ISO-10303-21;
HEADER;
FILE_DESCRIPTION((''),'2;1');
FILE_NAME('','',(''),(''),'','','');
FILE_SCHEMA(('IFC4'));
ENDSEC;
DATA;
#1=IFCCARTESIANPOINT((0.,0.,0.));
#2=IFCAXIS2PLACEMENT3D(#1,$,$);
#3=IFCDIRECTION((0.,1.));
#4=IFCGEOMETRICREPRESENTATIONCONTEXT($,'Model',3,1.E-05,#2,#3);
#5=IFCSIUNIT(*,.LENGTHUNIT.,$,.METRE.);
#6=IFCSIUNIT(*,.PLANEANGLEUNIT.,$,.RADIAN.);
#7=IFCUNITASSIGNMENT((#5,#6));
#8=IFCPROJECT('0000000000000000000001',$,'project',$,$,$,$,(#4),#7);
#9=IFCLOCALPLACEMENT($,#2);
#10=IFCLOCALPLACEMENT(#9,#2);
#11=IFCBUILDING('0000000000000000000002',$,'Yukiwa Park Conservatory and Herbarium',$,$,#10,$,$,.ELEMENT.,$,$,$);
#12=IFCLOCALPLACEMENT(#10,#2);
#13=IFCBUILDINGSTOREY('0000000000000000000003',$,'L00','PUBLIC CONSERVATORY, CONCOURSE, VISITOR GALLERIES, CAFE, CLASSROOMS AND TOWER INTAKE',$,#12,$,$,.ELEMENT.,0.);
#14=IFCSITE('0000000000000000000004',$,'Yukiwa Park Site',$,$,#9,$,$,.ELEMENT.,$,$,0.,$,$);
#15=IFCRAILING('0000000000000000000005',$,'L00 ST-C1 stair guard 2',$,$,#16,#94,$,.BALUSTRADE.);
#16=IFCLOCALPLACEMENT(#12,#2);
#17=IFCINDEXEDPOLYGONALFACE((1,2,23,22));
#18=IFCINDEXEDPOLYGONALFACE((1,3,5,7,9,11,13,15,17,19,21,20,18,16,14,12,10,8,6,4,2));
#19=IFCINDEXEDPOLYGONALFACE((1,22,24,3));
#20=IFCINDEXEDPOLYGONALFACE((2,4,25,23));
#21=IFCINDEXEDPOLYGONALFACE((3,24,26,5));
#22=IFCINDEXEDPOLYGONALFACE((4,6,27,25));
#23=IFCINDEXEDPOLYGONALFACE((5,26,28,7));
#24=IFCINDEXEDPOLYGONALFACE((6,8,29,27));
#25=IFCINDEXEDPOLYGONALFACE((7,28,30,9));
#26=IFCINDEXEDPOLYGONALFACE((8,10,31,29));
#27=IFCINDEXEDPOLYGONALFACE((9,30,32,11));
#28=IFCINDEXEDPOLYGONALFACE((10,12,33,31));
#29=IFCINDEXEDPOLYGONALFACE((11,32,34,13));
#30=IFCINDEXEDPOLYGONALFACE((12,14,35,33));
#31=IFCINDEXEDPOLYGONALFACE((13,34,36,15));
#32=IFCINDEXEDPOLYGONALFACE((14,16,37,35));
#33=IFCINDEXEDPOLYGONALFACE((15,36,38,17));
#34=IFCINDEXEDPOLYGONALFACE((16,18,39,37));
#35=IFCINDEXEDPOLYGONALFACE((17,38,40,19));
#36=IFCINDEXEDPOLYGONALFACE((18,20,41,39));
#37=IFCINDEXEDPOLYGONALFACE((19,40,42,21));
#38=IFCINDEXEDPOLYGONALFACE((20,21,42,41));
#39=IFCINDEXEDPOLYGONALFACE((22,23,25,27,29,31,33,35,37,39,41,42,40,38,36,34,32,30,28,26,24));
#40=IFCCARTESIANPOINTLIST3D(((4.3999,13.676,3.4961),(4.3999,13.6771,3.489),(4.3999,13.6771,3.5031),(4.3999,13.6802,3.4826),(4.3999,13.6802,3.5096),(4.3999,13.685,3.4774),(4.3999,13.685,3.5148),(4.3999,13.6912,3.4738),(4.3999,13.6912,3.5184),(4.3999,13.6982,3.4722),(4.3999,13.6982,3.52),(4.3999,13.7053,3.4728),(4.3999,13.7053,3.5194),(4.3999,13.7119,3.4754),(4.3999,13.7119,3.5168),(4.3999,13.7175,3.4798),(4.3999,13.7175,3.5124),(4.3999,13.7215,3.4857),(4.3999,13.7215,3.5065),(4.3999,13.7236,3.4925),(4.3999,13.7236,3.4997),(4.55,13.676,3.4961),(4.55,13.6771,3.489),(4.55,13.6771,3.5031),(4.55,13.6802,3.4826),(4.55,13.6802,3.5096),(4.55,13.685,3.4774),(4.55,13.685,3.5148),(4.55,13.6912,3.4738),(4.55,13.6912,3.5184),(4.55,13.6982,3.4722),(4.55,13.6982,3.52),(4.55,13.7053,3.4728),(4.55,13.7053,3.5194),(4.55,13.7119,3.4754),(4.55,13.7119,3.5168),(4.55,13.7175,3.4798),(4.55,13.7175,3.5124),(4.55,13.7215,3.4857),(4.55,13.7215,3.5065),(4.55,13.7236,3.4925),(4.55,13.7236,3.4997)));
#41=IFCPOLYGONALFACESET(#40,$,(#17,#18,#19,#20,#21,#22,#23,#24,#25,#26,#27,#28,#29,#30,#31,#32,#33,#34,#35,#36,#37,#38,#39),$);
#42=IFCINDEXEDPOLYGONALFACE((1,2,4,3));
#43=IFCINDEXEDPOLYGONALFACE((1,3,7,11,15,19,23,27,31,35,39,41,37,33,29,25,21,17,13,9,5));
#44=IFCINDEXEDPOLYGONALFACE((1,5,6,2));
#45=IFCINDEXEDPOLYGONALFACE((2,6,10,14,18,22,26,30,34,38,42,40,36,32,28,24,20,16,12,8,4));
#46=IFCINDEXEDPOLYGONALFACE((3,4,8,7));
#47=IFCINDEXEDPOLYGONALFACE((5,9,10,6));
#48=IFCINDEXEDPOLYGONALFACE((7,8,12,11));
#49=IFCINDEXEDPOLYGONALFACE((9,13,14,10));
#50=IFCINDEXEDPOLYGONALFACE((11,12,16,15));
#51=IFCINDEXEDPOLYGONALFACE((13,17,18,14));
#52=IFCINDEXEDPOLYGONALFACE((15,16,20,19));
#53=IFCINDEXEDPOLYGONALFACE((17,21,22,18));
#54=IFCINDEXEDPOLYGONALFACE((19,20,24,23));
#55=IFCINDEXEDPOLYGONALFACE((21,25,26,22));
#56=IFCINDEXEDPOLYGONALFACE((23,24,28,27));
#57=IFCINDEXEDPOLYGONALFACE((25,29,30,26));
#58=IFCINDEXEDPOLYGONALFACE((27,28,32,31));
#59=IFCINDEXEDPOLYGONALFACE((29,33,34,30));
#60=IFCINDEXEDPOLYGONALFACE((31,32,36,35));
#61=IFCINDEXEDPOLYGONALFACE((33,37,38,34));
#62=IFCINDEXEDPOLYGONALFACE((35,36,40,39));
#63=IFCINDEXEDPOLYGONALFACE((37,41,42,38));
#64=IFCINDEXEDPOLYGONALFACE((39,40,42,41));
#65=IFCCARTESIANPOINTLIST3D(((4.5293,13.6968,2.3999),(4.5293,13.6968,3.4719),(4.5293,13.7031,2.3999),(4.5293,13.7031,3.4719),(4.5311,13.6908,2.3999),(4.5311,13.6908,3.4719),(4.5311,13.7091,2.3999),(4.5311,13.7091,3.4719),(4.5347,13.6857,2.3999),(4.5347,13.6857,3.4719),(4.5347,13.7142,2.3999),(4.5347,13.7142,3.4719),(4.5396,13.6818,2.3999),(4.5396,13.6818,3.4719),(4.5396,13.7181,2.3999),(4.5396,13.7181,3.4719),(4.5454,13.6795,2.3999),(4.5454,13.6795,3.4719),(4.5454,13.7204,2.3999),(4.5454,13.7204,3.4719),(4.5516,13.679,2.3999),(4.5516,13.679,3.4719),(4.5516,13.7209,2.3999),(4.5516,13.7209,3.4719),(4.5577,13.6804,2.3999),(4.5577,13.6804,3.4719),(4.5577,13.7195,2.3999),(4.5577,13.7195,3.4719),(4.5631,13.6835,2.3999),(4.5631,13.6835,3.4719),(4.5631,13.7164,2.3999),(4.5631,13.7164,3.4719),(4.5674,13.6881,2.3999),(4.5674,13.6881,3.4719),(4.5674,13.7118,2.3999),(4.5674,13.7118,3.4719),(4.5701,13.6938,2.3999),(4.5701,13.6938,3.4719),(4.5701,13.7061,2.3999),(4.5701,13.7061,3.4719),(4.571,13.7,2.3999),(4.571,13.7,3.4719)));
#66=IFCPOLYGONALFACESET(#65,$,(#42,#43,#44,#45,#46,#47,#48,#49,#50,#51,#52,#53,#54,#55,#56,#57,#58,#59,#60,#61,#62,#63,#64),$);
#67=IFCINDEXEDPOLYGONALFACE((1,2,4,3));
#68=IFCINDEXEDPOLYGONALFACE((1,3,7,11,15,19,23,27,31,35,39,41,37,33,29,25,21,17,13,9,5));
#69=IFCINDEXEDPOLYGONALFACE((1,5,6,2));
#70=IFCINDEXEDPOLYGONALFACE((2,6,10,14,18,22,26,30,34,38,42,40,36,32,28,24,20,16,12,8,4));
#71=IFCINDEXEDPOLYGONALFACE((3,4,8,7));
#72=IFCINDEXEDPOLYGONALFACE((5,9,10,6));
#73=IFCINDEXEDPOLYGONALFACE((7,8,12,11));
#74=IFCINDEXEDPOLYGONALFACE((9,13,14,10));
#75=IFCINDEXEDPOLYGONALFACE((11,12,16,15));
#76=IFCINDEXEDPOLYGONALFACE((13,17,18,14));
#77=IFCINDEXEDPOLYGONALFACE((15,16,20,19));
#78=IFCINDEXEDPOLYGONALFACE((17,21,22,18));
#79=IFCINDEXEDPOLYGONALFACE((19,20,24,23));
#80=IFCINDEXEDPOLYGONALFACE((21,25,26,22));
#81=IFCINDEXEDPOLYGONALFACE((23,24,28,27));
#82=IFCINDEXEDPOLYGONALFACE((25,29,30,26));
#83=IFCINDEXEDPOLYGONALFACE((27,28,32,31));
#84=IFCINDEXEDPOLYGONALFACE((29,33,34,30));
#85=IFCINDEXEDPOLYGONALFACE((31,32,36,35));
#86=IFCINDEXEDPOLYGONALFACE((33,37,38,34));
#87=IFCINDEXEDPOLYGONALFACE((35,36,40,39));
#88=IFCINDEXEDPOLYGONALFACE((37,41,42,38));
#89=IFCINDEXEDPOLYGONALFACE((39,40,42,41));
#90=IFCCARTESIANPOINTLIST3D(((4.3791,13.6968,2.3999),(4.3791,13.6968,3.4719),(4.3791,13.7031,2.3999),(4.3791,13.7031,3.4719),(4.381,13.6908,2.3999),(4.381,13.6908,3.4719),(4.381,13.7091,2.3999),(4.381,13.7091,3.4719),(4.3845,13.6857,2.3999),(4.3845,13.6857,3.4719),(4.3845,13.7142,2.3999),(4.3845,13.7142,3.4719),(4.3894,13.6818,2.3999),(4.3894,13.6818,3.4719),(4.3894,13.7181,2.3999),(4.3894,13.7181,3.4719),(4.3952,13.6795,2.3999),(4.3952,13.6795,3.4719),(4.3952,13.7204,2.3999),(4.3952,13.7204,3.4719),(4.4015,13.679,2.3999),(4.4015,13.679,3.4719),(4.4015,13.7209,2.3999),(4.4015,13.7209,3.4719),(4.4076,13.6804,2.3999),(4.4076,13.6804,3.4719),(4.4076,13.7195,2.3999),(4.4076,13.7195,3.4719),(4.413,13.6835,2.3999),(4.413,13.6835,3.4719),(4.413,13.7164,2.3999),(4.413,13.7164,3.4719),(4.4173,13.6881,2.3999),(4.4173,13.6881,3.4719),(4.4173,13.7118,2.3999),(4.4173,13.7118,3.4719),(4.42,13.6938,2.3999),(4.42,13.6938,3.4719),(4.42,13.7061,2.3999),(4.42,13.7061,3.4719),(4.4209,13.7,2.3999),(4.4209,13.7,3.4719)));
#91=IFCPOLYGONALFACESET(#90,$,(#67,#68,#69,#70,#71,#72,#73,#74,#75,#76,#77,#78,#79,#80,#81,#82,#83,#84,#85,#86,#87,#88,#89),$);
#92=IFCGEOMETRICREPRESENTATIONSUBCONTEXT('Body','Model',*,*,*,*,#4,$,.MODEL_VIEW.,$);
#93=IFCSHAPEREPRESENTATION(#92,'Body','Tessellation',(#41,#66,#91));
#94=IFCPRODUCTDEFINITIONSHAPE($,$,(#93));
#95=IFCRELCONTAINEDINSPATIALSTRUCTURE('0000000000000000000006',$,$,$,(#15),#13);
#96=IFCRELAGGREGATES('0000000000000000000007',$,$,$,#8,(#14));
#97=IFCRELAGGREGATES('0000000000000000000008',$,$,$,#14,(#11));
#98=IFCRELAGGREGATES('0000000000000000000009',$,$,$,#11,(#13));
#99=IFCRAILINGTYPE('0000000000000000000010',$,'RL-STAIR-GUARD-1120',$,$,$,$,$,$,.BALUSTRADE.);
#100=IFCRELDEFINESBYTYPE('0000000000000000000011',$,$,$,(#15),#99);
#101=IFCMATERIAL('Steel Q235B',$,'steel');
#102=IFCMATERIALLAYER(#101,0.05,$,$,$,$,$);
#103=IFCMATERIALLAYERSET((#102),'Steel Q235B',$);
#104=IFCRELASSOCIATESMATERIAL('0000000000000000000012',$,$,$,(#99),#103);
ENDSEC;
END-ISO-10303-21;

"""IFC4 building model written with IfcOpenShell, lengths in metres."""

from ifc_helpers import new_model, si_unit, direction, frame, origin, origin_2d, place, context, subcontext, project, spatial, circle, extrude, material, layer, layer_set, type_object, element, save


model = new_model("IFC4")

# Units and contexts
model_context = context("Model", 3, precision=1e-05, world=origin(), true_north=direction((0.0, 1.0)))
body_context = subcontext(model_context, "Body", "Model", "MODEL_VIEW")
ifc_project = project(units=[si_unit("LENGTHUNIT", "METRE"), si_unit("PLANEANGLEUNIT", "RADIAN")], contexts=[model_context])

# Site, building, storey
site_placement = place(None, origin())
site = spatial("IfcSite", under=ifc_project, at=site_placement, Name="Yukiwa Park Site", CompositionType="ELEMENT", RefElevation=0.0)
building_placement = place(site_placement, origin())
building = spatial("IfcBuilding", under=site, at=building_placement, Name="Yukiwa Park Conservatory and Herbarium", CompositionType="ELEMENT")
storey_placement = place(building_placement, origin())
storey = spatial("IfcBuildingStorey", under=building, at=storey_placement, Name="L00", Description="PUBLIC CONSERVATORY, CONCOURSE, VISITOR GALLERIES, CAFE, CLASSROOMS AND TOWER INTAKE", CompositionType="ELEMENT", Elevation=0.0)

# Railing
ifc_material_1 = material(Name="Steel Q235B", Category="steel")
ifc_layer_1 = layer(ifc_material_1, 0.05)
ifc_layer_set_1 = layer_set([ifc_layer_1], Name="Steel Q235B")
railing_type_1 = type_object("IfcRailingType", Name="RL-STAIR-GUARD-1120", PredefinedType="BALUSTRADE", material=ifc_layer_set_1)
railing_1_placement = place(storey_placement, frame((4.55, 13.7, 2.3999)))
element("IfcRailing", 1, at=railing_1_placement, inside=storey, type_object=railing_type_1, Name="L00 ST-C1 stair guard 2", PredefinedType="BALUSTRADE", context=body_context, shape_type="SweptSolid", body=[
    extrude(circle(Radius=0.0239, at=origin_2d()), frame((0.0, 0.0, 1.0962), z_axis=(-1.0, 0.0, 0.0), x_axis=(0.0, -1.0, 0.0)), (0.0, 0.0, 1.0), 0.1501),
    extrude(circle(Radius=0.021, at=origin_2d()), origin(), (0.0, 0.0, 1.0), 1.072),
    extrude(circle(Radius=0.021, at=origin_2d()), frame((-0.1501, 0.0, 0.0)), (0.0, 0.0, 1.0), 1.072),
])

save(model, "model.ifc")
